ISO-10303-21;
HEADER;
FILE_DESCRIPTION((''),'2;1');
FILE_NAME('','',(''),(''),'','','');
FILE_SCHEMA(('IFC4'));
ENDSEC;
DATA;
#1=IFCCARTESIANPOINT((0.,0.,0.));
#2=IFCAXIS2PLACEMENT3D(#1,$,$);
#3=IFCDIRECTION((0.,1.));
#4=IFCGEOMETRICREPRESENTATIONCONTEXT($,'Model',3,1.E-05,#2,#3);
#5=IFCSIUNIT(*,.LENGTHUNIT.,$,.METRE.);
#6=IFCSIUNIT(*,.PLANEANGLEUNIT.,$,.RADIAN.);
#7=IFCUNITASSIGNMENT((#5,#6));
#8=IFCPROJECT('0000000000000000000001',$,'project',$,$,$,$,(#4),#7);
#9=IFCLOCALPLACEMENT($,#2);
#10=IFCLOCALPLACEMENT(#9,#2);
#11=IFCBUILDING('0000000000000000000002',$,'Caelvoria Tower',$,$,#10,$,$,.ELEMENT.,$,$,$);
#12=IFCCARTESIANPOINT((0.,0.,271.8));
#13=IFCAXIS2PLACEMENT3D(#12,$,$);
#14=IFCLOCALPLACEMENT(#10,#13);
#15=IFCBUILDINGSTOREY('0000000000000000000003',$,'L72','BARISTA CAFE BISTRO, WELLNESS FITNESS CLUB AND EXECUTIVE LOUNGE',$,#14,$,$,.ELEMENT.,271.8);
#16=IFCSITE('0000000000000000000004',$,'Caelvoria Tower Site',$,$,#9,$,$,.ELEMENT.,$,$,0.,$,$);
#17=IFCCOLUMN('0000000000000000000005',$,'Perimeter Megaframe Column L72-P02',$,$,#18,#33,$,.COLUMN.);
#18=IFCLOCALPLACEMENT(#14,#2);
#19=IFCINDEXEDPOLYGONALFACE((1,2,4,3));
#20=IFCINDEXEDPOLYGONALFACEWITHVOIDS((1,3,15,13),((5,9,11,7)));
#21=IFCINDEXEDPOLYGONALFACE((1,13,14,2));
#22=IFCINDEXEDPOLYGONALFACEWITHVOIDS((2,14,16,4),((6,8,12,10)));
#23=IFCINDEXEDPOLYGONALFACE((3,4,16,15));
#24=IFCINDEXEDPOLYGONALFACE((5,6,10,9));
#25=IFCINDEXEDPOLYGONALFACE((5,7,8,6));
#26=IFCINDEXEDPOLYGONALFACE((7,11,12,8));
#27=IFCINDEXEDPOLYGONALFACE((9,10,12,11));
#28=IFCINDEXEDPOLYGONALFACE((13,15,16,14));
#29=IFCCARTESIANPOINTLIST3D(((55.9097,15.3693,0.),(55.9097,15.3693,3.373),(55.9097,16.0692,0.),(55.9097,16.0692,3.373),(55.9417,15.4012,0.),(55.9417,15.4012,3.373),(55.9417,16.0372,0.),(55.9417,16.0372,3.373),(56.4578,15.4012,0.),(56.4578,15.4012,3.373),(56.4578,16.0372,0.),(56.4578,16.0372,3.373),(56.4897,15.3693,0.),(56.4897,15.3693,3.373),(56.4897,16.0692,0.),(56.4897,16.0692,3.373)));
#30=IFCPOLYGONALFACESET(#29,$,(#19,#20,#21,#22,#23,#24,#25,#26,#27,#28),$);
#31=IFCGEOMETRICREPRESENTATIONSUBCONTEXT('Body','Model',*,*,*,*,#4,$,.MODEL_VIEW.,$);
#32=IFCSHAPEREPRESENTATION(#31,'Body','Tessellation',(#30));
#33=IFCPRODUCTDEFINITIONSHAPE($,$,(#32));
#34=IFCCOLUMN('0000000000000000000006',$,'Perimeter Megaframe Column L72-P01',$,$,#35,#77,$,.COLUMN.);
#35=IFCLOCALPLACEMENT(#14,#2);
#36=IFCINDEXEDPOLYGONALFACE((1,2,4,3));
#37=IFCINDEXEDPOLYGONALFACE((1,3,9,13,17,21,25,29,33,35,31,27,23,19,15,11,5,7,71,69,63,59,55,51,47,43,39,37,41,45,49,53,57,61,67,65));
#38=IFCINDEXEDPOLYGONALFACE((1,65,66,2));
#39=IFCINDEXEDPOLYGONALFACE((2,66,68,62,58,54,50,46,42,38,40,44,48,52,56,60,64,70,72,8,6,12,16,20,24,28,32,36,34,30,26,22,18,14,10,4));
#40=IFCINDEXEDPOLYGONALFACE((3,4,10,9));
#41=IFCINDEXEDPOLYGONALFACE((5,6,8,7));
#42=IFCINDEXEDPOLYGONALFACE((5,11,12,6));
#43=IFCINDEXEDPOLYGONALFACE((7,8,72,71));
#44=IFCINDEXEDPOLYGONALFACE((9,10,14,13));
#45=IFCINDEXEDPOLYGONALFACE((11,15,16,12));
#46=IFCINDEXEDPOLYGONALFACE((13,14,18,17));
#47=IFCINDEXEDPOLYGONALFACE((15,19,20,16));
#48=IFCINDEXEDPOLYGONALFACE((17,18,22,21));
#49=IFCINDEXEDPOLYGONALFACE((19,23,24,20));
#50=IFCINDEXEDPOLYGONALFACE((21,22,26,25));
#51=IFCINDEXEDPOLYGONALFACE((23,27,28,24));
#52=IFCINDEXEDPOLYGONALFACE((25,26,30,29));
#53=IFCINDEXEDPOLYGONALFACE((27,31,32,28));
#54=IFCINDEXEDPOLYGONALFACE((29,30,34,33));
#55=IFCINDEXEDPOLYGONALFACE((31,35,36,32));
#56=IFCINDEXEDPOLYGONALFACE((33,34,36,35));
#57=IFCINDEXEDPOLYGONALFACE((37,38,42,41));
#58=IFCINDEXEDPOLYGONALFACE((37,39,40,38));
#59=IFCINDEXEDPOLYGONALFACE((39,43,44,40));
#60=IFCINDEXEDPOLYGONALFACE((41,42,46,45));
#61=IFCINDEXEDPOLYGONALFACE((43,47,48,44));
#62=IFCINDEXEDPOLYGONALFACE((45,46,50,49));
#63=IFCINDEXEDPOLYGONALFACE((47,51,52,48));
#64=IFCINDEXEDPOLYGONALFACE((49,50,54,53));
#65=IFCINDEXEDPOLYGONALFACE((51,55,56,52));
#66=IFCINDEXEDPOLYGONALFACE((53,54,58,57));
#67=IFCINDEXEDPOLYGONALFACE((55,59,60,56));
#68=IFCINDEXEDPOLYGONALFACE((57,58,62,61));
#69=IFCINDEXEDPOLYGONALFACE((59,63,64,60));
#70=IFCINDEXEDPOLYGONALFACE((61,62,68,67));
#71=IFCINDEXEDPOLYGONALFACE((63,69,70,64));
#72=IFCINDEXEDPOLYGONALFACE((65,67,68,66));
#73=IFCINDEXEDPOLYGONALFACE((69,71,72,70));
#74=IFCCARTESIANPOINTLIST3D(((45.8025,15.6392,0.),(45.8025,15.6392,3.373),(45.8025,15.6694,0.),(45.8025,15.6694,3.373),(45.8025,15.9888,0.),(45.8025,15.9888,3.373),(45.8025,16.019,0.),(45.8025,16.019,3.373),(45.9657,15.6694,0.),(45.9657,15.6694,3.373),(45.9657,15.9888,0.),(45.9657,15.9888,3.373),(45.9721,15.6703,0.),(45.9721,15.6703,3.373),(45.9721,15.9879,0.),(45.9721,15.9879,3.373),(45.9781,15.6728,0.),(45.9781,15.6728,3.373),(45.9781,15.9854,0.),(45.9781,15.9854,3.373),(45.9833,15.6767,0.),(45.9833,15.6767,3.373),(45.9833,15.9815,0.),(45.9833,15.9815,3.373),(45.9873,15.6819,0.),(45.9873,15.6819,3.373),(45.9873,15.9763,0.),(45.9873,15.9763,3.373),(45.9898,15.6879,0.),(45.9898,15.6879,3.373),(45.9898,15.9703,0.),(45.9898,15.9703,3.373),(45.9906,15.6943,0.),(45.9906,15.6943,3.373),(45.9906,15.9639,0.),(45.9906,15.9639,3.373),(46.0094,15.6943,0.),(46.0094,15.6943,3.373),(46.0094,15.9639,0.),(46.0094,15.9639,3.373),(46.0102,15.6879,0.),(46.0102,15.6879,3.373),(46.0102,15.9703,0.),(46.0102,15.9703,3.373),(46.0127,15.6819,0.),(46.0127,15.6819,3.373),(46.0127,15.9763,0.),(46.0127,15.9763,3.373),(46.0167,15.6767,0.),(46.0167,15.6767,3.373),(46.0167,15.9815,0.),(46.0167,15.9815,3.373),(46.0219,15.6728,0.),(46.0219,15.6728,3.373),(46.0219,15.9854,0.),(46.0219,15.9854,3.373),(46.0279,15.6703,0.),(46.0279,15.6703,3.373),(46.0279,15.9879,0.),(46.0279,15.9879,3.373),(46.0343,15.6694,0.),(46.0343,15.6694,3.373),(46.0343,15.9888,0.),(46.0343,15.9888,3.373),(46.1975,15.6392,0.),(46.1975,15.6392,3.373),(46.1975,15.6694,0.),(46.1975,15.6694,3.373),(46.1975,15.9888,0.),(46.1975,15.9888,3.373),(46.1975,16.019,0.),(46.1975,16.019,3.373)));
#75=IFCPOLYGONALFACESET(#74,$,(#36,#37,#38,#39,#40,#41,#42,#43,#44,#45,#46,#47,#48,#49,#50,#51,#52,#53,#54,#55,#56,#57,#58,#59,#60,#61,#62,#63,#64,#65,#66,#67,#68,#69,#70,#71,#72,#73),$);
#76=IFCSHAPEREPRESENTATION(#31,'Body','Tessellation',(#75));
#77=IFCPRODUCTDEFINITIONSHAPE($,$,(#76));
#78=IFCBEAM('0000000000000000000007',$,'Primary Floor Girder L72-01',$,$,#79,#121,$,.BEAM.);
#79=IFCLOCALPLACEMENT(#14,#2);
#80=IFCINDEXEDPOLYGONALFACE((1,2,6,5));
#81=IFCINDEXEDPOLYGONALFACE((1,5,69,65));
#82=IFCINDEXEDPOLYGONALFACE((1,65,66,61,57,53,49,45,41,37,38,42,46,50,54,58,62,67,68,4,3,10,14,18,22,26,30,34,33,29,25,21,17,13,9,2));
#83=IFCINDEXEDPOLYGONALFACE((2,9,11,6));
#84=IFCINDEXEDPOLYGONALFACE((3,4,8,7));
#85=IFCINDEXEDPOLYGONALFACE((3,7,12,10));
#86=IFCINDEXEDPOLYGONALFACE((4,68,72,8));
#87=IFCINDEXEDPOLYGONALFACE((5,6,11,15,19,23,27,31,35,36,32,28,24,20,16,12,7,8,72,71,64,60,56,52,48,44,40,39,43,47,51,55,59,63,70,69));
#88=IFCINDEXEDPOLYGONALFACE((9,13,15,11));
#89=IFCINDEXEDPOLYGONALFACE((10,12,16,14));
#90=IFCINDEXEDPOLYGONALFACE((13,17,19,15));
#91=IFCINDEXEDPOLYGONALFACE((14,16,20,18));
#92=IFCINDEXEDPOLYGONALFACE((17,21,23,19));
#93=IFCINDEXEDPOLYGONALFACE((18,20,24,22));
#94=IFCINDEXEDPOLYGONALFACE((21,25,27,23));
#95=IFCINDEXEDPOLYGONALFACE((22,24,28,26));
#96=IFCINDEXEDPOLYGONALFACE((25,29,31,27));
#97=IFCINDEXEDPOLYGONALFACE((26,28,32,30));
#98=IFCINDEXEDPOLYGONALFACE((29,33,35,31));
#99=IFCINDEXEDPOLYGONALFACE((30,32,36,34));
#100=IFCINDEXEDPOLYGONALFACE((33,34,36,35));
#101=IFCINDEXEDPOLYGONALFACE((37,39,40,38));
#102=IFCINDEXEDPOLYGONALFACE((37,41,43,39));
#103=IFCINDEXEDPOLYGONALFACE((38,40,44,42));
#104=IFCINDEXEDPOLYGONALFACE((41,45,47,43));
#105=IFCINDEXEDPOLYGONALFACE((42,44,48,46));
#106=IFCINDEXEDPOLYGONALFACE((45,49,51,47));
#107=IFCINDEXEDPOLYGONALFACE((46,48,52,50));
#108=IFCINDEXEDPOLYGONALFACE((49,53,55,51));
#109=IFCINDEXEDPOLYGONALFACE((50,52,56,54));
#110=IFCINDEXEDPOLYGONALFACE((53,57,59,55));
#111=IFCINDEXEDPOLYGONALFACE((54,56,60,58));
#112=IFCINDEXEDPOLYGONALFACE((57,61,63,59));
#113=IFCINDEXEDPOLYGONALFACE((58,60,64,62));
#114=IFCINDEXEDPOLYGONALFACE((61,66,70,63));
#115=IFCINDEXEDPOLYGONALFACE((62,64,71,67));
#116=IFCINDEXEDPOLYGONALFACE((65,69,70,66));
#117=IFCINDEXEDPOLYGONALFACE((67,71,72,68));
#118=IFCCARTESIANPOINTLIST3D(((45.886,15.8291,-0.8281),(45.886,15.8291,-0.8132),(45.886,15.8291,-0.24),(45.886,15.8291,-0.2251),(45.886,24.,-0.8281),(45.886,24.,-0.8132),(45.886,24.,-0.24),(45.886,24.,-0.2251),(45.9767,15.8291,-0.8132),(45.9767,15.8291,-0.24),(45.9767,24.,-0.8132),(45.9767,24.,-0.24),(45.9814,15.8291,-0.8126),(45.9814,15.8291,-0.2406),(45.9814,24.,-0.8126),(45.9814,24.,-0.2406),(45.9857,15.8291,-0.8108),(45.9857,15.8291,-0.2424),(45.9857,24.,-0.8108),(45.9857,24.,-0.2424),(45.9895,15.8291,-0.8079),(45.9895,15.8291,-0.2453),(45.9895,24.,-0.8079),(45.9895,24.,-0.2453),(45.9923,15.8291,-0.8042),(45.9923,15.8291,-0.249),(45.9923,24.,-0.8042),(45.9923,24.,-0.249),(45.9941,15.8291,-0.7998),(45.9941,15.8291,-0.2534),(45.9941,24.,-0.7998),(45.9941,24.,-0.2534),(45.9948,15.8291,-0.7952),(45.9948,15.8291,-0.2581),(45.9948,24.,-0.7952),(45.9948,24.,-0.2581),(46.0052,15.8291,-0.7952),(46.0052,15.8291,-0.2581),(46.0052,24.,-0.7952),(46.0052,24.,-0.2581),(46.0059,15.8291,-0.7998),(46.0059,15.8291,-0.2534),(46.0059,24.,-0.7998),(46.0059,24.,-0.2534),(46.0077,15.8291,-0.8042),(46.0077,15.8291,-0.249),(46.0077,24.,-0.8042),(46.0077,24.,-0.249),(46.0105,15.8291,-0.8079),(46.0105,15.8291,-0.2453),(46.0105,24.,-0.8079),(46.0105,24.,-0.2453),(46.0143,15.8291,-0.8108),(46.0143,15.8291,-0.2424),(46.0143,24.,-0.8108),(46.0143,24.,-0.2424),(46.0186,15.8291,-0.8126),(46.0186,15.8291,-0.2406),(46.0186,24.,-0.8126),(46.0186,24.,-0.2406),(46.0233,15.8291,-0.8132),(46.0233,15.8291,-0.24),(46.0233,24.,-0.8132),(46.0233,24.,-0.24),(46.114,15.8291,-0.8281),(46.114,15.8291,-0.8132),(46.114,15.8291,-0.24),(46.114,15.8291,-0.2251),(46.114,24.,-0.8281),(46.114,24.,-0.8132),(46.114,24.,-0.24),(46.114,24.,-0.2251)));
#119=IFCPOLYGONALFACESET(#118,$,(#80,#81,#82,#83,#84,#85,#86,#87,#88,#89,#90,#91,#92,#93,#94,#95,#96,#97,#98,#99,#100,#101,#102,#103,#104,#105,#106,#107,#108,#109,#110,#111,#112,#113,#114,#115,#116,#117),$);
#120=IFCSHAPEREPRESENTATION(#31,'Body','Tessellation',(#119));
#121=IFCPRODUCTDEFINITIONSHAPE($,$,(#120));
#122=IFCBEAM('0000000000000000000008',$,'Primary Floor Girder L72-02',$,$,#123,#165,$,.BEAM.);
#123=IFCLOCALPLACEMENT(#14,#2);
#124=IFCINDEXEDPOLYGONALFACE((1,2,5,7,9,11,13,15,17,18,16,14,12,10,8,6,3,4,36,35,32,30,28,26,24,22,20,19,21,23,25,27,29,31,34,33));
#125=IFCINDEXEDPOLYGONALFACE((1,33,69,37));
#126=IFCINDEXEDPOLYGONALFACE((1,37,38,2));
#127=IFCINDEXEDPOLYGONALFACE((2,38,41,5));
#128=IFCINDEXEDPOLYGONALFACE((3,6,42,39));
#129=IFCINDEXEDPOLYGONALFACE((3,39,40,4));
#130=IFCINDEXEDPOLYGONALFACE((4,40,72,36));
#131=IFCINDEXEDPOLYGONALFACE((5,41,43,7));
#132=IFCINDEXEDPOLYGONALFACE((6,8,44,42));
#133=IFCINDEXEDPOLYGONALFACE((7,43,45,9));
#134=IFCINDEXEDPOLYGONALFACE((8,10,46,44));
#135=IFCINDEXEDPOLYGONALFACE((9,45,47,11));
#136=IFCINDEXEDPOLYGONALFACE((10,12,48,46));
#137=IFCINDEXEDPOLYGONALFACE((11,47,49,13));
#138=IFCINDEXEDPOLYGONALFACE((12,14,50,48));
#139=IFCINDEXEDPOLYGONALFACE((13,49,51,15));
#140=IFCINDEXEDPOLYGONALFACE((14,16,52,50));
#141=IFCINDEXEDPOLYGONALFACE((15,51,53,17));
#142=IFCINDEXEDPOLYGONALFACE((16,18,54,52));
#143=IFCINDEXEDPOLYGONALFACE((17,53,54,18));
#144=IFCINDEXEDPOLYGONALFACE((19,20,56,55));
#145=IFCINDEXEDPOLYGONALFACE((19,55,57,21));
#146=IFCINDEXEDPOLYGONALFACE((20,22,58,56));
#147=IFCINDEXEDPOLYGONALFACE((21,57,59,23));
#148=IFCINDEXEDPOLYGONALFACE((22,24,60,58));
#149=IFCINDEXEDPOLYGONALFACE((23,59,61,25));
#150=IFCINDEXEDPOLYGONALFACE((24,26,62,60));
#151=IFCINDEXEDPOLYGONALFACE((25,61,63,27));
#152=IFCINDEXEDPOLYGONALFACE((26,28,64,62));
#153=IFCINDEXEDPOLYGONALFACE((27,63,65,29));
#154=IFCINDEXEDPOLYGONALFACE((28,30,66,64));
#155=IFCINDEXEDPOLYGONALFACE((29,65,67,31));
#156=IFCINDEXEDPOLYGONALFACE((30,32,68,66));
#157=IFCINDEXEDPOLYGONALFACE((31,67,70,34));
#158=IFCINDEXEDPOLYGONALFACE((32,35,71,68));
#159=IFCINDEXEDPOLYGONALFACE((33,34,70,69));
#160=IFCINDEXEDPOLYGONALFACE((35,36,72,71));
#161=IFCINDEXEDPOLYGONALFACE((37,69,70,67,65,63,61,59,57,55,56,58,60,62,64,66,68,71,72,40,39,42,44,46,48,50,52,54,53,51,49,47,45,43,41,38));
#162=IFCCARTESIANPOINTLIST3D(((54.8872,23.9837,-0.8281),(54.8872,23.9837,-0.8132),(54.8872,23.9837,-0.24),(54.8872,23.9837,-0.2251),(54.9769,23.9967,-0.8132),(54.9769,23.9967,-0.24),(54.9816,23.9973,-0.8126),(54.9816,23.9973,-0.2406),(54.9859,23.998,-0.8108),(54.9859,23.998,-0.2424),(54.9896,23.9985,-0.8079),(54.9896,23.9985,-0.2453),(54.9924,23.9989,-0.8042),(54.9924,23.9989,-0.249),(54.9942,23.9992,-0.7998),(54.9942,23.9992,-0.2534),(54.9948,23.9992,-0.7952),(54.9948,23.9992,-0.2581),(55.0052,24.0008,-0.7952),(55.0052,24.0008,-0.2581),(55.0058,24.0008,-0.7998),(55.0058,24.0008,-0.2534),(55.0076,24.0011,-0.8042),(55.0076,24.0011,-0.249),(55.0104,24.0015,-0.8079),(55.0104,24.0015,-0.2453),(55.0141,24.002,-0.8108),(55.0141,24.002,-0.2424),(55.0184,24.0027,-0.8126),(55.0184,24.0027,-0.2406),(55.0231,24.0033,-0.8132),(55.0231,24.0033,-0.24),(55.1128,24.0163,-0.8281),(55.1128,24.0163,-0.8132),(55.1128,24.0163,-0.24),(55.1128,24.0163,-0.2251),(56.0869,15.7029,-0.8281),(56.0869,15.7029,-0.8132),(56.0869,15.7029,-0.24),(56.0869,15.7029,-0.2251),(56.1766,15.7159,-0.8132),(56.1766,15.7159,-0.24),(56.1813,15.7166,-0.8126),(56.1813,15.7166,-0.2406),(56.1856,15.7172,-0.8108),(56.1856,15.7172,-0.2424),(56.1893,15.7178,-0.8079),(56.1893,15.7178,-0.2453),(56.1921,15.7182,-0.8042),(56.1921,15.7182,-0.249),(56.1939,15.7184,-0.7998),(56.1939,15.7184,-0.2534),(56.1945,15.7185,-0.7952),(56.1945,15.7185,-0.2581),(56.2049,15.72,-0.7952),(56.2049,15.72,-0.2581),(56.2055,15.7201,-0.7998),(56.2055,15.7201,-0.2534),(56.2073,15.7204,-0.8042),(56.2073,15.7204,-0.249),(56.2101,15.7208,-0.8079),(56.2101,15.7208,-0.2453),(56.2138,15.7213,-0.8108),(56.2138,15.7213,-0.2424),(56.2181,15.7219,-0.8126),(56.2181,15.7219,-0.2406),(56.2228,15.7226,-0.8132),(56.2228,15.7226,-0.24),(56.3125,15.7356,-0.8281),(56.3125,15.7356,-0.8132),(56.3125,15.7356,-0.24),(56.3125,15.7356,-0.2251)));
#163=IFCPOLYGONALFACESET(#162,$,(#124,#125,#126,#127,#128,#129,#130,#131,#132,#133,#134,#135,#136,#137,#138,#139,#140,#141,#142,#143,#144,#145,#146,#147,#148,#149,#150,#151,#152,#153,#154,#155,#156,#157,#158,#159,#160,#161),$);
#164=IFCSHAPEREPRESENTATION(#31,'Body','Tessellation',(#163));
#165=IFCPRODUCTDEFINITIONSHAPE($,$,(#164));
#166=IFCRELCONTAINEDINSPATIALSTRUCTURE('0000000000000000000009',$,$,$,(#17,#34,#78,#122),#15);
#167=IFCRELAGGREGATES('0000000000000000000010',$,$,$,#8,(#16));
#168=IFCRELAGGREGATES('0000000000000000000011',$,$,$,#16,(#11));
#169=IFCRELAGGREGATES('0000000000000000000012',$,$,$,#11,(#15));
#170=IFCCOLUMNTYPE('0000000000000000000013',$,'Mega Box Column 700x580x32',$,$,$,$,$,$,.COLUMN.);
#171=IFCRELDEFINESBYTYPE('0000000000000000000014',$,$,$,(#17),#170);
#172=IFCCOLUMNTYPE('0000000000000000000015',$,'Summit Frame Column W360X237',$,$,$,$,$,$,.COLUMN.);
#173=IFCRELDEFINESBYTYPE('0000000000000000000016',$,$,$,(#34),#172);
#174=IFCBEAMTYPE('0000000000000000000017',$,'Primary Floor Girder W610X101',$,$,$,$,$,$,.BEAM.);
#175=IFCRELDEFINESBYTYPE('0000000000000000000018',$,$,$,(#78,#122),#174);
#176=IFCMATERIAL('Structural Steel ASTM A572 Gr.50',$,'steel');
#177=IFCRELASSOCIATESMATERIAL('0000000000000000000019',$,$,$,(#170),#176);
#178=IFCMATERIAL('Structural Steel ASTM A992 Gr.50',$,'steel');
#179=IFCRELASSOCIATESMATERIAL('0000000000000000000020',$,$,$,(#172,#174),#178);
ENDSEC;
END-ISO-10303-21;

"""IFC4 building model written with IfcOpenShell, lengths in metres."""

from ifc_helpers import new_model, si_unit, direction, frame, origin, origin_2d, place, context, subcontext, project, spatial, hollow_rectangle, i_section, extrude, material, material_profile, profile_set, type_object, element, save


model = new_model("IFC4")

# Units and contexts
model_context = context("Model", 3, precision=1e-05, world=origin(), true_north=direction((0.0, 1.0)))
body_context = subcontext(model_context, "Body", "Model", "MODEL_VIEW")
ifc_project = project(units=[si_unit("LENGTHUNIT", "METRE"), si_unit("PLANEANGLEUNIT", "RADIAN")], contexts=[model_context])

# Site, building, storey
site_placement = place(None, origin())
site = spatial("IfcSite", under=ifc_project, at=site_placement, Name="Caelvoria Tower Site", CompositionType="ELEMENT", RefElevation=0.0)
building_placement = place(site_placement, origin())
building = spatial("IfcBuilding", under=site, at=building_placement, Name="Caelvoria Tower", CompositionType="ELEMENT")
storey_placement = place(building_placement, frame((0.0, 0.0, 271.8)))
storey = spatial("IfcBuildingStorey", under=building, at=storey_placement, Name="L72", Description="BARISTA CAFE BISTRO, WELLNESS FITNESS CLUB AND EXECUTIVE LOUNGE", CompositionType="ELEMENT", Elevation=271.8)

# Columns
ifc_material_1 = material(Name="Structural Steel ASTM A572 Gr.50", Category="steel")
ifc_material_profile_1 = material_profile(ifc_material_1, hollow_rectangle(XDim=0.5801, YDim=0.7, WallThickness=0.032, at=origin_2d()), Name="Structural Steel ASTM A572 Gr.50")
ifc_profile_set_1 = profile_set([ifc_material_profile_1], Name="BOX700X580X32 - Structural Steel ASTM A572 Gr.50")
column_type_1 = type_object("IfcColumnType", Name="Mega Box Column 700x580x32", PredefinedType="COLUMN", material=ifc_profile_set_1)
column_1_placement = place(storey_placement, frame((56.1997, 15.7192, 0.0), z_axis=(0.0, 0.0, 1.0), x_axis=(1.0, 0.0, 0.0)))
element("IfcColumn", 1, at=column_1_placement, inside=storey, type_object=column_type_1, Name="Perimeter Megaframe Column L72-P02", PredefinedType="COLUMN", context=body_context, shape_type="SweptSolid", body=[
    extrude(hollow_rectangle(XDim=0.5801, YDim=0.7, WallThickness=0.032, at=origin_2d()), origin(), (0.0, 0.0, 1.0), 3.373),
])
ifc_material_2 = material(Name="Structural Steel ASTM A992 Gr.50", Category="steel")
ifc_material_profile_2 = material_profile(ifc_material_2, i_section(OverallWidth=0.395, OverallDepth=0.3799, WebThickness=0.0188, FlangeThickness=0.0303, FilletRadius=0.0249, at=origin_2d()), Name="Structural Steel ASTM A992 Gr.50")
ifc_profile_set_2 = profile_set([ifc_material_profile_2], Name="W360X237 - Structural Steel ASTM A992 Gr.50")
column_type_2 = type_object("IfcColumnType", Name="Summit Frame Column W360X237", PredefinedType="COLUMN", material=ifc_profile_set_2)
column_2_placement = place(storey_placement, frame((46.0, 15.8291, 0.0), z_axis=(0.0, 0.0, 1.0), x_axis=(1.0, 0.0, 0.0)))
element("IfcColumn", 2, at=column_2_placement, inside=storey, type_object=column_type_2, Name="Perimeter Megaframe Column L72-P01", PredefinedType="COLUMN", context=body_context, shape_type="SweptSolid", body=[
    extrude(i_section(OverallWidth=0.395, OverallDepth=0.3799, WebThickness=0.0188, FlangeThickness=0.0303, FilletRadius=0.0249, at=origin_2d()), origin(), (0.0, 0.0, 1.0), 3.373),
])

# Beams
ifc_material_profile_3 = material_profile(ifc_material_2, i_section(OverallWidth=0.228, OverallDepth=0.603, WebThickness=0.0105, FlangeThickness=0.0149, FilletRadius=0.0181, at=origin_2d()), Name="Structural Steel ASTM A992 Gr.50")
ifc_profile_set_3 = profile_set([ifc_material_profile_3], Name="W610X101 - Structural Steel ASTM A992 Gr.50")
beam_type_1 = type_object("IfcBeamType", Name="Primary Floor Girder W610X101", PredefinedType="BEAM", material=ifc_profile_set_3)
beam_1_placement = place(storey_placement, frame((46.0, 24.0, -0.5266), z_axis=(0.0, -1.0, 0.0), x_axis=(1.0, 0.0, 0.0)))
element("IfcBeam", 3, at=beam_1_placement, inside=storey, type_object=beam_type_1, Name="Primary Floor Girder L72-01", PredefinedType="BEAM", context=body_context, shape_type="SweptSolid", body=[
    extrude(i_section(OverallWidth=0.228, OverallDepth=0.603, WebThickness=0.0105, FlangeThickness=0.0149, FilletRadius=0.0181, at=origin_2d()), origin(), (0.0, 0.0, 1.0), 8.1709),
])
beam_2_placement = place(storey_placement, frame((55.0, 24.0, -0.5266), z_axis=(0.143382, -0.989667, 0.0), x_axis=(0.989667, 0.143382, 0.0)))
element("IfcBeam", 4, at=beam_2_placement, inside=storey, type_object=beam_type_1, Name="Primary Floor Girder L72-02", PredefinedType="BEAM", context=body_context, shape_type="SweptSolid", body=[
    extrude(i_section(OverallWidth=0.228, OverallDepth=0.603, WebThickness=0.0105, FlangeThickness=0.0149, FilletRadius=0.0181, at=origin_2d()), origin(), (0.0, 0.0, 1.0), 8.3672),
])

save(model, "model.ifc")
